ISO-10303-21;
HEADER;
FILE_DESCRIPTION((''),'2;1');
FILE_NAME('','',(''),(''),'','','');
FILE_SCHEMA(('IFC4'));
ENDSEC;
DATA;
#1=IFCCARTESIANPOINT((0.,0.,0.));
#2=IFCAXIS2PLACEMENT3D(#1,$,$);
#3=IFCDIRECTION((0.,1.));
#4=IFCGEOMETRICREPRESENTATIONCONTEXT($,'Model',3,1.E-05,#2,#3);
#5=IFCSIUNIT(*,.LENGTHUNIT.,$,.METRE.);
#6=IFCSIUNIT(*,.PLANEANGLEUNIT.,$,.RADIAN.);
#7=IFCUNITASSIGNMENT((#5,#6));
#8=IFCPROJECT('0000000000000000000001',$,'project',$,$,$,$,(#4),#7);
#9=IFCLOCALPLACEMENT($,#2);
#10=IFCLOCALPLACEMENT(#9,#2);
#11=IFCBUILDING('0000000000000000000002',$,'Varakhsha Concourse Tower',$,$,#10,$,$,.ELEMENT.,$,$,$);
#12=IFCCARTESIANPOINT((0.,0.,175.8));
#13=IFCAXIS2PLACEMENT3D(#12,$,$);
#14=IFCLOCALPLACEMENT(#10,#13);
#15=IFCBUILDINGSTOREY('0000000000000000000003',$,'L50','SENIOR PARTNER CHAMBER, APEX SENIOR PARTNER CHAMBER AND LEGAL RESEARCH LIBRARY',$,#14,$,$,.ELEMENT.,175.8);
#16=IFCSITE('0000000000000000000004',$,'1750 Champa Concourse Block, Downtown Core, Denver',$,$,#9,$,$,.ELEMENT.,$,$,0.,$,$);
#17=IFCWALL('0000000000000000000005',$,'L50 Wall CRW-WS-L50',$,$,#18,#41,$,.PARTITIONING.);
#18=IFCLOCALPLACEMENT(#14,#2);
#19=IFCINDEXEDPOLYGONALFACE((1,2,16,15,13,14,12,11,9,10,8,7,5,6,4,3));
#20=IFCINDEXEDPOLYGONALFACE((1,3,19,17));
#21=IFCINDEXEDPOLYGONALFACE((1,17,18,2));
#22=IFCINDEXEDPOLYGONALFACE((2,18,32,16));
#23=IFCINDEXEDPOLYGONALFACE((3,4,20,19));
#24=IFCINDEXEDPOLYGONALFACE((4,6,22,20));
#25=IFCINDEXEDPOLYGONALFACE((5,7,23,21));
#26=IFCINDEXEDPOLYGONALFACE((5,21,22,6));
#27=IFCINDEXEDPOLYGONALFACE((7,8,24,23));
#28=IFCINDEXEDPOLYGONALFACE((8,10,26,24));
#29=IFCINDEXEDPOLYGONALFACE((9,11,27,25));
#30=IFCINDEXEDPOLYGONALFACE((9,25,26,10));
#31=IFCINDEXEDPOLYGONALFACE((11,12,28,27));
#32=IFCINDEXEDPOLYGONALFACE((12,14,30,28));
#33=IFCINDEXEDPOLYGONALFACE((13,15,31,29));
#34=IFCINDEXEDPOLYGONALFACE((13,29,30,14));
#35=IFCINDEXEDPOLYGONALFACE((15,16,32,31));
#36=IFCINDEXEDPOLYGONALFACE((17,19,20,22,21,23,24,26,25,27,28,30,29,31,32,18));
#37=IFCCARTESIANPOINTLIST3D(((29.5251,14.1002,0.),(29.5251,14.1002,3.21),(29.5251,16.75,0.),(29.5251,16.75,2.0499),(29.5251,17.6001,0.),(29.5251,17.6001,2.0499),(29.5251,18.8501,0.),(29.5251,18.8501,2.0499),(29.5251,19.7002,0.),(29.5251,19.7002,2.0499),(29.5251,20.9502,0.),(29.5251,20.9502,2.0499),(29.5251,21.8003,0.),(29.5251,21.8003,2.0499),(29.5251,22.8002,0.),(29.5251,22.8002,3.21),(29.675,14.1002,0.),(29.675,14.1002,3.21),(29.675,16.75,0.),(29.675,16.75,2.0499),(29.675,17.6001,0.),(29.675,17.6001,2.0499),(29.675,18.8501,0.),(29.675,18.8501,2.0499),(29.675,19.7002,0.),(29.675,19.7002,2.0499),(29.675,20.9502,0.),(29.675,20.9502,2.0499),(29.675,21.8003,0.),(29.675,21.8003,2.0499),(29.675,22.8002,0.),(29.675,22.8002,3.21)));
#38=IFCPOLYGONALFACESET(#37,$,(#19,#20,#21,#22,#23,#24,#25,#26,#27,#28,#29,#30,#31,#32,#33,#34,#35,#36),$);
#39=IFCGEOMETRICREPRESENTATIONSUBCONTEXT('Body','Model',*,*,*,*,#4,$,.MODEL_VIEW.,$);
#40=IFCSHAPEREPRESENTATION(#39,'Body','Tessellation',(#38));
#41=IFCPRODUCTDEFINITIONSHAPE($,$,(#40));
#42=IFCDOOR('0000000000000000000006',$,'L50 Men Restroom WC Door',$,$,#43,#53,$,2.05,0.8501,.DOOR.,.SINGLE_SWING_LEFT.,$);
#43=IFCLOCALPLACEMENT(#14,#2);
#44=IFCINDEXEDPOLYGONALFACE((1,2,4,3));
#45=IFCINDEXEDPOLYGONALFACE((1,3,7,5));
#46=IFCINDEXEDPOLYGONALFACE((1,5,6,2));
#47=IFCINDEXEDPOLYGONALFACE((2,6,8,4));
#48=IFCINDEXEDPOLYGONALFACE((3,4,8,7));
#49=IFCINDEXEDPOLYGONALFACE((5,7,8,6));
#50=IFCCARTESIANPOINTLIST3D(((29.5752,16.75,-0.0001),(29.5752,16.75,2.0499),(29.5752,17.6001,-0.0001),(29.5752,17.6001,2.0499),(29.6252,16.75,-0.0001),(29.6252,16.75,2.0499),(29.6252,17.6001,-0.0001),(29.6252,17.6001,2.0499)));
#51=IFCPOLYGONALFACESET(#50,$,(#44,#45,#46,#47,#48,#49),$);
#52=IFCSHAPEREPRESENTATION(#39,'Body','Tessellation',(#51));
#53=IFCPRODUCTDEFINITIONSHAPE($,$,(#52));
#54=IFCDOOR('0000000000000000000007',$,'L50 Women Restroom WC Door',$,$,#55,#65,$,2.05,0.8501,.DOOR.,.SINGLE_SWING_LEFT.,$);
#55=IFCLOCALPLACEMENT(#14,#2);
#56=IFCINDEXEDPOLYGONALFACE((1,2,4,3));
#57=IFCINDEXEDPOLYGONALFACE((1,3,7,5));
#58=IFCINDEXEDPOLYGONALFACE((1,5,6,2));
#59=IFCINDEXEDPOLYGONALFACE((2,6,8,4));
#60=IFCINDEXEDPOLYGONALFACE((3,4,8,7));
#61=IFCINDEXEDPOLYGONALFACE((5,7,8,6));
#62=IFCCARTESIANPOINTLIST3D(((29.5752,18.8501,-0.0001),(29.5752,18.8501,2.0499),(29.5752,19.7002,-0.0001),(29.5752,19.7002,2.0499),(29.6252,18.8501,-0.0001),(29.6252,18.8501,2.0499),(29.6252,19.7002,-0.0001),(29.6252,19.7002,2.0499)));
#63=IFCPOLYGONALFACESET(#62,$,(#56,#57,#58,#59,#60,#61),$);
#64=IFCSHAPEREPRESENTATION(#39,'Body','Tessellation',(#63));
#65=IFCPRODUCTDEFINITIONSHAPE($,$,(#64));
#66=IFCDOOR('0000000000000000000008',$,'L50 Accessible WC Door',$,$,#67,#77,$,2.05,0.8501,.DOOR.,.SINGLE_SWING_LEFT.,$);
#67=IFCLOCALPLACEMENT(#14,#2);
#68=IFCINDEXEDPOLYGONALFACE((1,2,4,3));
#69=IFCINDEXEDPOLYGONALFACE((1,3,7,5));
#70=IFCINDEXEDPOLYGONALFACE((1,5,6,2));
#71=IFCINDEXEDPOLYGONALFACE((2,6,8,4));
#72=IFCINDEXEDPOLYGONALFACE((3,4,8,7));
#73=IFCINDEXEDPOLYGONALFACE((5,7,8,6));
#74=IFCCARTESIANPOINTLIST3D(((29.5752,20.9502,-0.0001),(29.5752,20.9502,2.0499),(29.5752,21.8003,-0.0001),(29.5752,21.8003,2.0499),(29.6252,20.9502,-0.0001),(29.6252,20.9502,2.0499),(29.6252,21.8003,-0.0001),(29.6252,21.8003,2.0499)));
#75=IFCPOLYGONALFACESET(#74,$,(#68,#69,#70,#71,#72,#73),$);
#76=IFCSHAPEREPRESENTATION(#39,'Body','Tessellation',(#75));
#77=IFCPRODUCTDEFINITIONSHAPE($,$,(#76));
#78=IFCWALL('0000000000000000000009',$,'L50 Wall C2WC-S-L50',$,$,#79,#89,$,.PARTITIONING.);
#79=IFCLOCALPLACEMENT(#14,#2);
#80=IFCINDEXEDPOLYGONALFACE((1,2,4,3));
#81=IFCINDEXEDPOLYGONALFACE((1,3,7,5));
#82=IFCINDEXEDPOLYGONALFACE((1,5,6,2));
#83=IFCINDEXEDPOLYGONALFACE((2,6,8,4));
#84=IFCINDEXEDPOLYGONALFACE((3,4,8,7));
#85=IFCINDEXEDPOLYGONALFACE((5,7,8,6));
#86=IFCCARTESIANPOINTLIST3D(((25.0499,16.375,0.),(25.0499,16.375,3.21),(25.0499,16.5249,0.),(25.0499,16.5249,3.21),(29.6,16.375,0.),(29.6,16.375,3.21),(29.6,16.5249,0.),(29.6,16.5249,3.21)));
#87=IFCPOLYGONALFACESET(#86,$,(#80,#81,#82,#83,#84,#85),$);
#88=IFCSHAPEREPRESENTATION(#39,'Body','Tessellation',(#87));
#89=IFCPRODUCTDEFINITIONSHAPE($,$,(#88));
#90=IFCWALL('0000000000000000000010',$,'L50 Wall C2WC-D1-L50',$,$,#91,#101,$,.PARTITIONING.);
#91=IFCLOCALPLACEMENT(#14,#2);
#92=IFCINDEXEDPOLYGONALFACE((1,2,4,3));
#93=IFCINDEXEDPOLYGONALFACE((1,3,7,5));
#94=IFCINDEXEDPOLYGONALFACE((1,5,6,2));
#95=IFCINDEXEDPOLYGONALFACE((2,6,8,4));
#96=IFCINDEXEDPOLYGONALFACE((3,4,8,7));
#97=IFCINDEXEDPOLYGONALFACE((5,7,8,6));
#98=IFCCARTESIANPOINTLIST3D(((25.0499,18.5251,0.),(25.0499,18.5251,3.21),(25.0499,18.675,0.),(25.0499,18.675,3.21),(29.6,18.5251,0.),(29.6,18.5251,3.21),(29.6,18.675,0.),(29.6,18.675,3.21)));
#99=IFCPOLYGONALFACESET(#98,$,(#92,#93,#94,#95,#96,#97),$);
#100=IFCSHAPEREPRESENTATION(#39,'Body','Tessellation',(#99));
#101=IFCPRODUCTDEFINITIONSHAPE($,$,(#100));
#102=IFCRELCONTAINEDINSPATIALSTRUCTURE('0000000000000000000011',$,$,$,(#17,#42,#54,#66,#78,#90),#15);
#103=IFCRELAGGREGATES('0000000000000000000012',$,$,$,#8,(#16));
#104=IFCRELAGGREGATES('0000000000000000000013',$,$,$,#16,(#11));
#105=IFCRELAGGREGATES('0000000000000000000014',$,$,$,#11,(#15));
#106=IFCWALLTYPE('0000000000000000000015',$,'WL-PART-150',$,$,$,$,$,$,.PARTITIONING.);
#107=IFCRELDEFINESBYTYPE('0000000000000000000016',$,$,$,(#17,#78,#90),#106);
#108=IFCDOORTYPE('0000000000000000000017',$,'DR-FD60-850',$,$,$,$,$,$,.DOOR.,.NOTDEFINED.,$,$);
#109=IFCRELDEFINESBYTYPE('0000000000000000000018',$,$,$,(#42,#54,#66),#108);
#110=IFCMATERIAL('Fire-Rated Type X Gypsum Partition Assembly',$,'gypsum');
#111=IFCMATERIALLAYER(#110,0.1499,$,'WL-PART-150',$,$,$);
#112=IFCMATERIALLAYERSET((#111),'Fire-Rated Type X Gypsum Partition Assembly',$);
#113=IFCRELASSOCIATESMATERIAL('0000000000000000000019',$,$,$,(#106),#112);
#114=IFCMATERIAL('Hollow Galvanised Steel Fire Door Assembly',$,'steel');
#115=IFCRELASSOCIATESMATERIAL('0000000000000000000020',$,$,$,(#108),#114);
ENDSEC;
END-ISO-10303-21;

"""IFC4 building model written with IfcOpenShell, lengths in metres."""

from ifc_helpers import new_model, si_unit, direction, frame, frame_2d, origin, place, context, subcontext, project, spatial, rectangle, extrude, material, layer, layer_set, type_object, element, fill, save


model = new_model("IFC4")

# Units and contexts
model_context = context("Model", 3, precision=1e-05, world=origin(), true_north=direction((0.0, 1.0)))
body_context = subcontext(model_context, "Body", "Model", "MODEL_VIEW")
ifc_project = project(units=[si_unit("LENGTHUNIT", "METRE"), si_unit("PLANEANGLEUNIT", "RADIAN")], contexts=[model_context])

# Site, building, storey
site_placement = place(None, origin())
site = spatial("IfcSite", under=ifc_project, at=site_placement, Name="1750 Champa Concourse Block, Downtown Core, Denver", CompositionType="ELEMENT", RefElevation=0.0)
building_placement = place(site_placement, origin())
building = spatial("IfcBuilding", under=site, at=building_placement, Name="Varakhsha Concourse Tower", CompositionType="ELEMENT")
storey_placement = place(building_placement, frame((0.0, 0.0, 175.8)))
storey = spatial("IfcBuildingStorey", under=building, at=storey_placement, Name="L50", Description="SENIOR PARTNER CHAMBER, APEX SENIOR PARTNER CHAMBER AND LEGAL RESEARCH LIBRARY", CompositionType="ELEMENT", Elevation=175.8)

# Wall, openings, doors
ifc_material_1 = material(Name="Hollow Galvanised Steel Fire Door Assembly", Category="steel")
ifc_material_2 = material(Name="Fire-Rated Type X Gypsum Partition Assembly", Category="gypsum")
ifc_layer_1 = layer(ifc_material_2, 0.1499, Name="WL-PART-150")
ifc_layer_set_1 = layer_set([ifc_layer_1], Name="Fire-Rated Type X Gypsum Partition Assembly")
wall_type_1 = type_object("IfcWallType", Name="WL-PART-150", PredefinedType="PARTITIONING", material=ifc_layer_set_1)
wall_1_placement = place(storey_placement, frame((29.6001, 14.1001, 0.0), z_axis=(0.0, 0.0, 1.0), x_axis=(0.0, 1.0, 0.0)))
wall_1 = element("IfcWall", 1, at=wall_1_placement, inside=storey, type_object=wall_type_1, Name="L50 Wall CRW-WS-L50", PredefinedType="PARTITIONING", context=body_context, shape_type="SweptSolid", body=[
    extrude(rectangle(XDim=8.7, YDim=0.1499, at=frame_2d((4.3501, 0.0))), origin(), (0.0, 0.0, 1.0), 3.21),
])
opening_1_placement = place(wall_1_placement, frame((2.6499, 0.0, 0.0)))
opening_1 = element("IfcOpeningElement", 2, at=opening_1_placement, cuts=wall_1, PredefinedType="OPENING", context=body_context, shape_type="SweptSolid", body=[
    extrude(rectangle(XDim=0.8501, YDim=2.05, at=frame_2d((0.425, 1.0249))), frame((0.0, 0.085, 0.0), z_axis=(0.0, -1.0, 0.0), x_axis=(1.0, 0.0, 0.0)), (0.0, 0.0, 1.0), 0.1699),
])
opening_2_placement = place(wall_1_placement, frame((4.75, 0.0, 0.0)))
opening_2 = element("IfcOpeningElement", 3, at=opening_2_placement, cuts=wall_1, PredefinedType="OPENING", context=body_context, shape_type="SweptSolid", body=[
    extrude(rectangle(XDim=0.8501, YDim=2.05, at=frame_2d((0.425, 1.0249))), frame((0.0, 0.085, 0.0), z_axis=(0.0, -1.0, 0.0), x_axis=(1.0, 0.0, 0.0)), (0.0, 0.0, 1.0), 0.1699),
])
opening_3_placement = place(wall_1_placement, frame((6.8501, 0.0, 0.0)))
opening_3 = element("IfcOpeningElement", 4, at=opening_3_placement, cuts=wall_1, PredefinedType="OPENING", context=body_context, shape_type="SweptSolid", body=[
    extrude(rectangle(XDim=0.8501, YDim=2.05, at=frame_2d((0.425, 1.0249))), frame((0.0, 0.085, 0.0), z_axis=(0.0, -1.0, 0.0), x_axis=(1.0, 0.0, 0.0)), (0.0, 0.0, 1.0), 0.1699),
])
door_type_1 = type_object("IfcDoorType", Name="DR-FD60-850", OperationType="NOTDEFINED", PredefinedType="DOOR", material=ifc_material_1)
door_1_placement = place(opening_1_placement, origin())
door_1 = element("IfcDoor", 5, at=door_1_placement, inside=storey, type_object=door_type_1, Name="L50 Men Restroom WC Door", OperationType="SINGLE_SWING_LEFT", OverallHeight=2.05, OverallWidth=0.8501, PredefinedType="DOOR", context=body_context, shape_type="SweptSolid", body=[
    extrude(rectangle(XDim=0.8501, YDim=2.05, at=frame_2d((0.425, 1.0249))), frame((0.0, 0.0249, 0.0), z_axis=(0.0, -1.0, 0.0), x_axis=(1.0, 0.0, 0.0)), (0.0, 0.0, 1.0), 0.05),
])
fill(opening_1, door_1)
door_2_placement = place(opening_2_placement, origin())
door_2 = element("IfcDoor", 6, at=door_2_placement, inside=storey, type_object=door_type_1, Name="L50 Women Restroom WC Door", OperationType="SINGLE_SWING_LEFT", OverallHeight=2.05, OverallWidth=0.8501, PredefinedType="DOOR", context=body_context, shape_type="SweptSolid", body=[
    extrude(rectangle(XDim=0.8501, YDim=2.05, at=frame_2d((0.425, 1.0249))), frame((0.0, 0.0249, 0.0), z_axis=(0.0, -1.0, 0.0), x_axis=(1.0, 0.0, 0.0)), (0.0, 0.0, 1.0), 0.05),
])
fill(opening_2, door_2)
door_3_placement = place(opening_3_placement, origin())
door_3 = element("IfcDoor", 7, at=door_3_placement, inside=storey, type_object=door_type_1, Name="L50 Accessible WC Door", OperationType="SINGLE_SWING_LEFT", OverallHeight=2.05, OverallWidth=0.8501, PredefinedType="DOOR", context=body_context, shape_type="SweptSolid", body=[
    extrude(rectangle(XDim=0.8501, YDim=2.05, at=frame_2d((0.425, 1.0249))), frame((0.0, 0.0249, 0.0), z_axis=(0.0, -1.0, 0.0), x_axis=(1.0, 0.0, 0.0)), (0.0, 0.0, 1.0), 0.05),
])
fill(opening_3, door_3)

# Walls
for number, where, z_axis, x_axis, name in (
    (8, (25.05, 16.45, 0.0), (0.0, 0.0, 1.0), (1.0, 0.0, 0.0), "L50 Wall C2WC-S-L50"),
    (9, (25.05, 18.6001, 0.0), (0.0, 0.0, 1.0), (1.0, 0.0, 0.0), "L50 Wall C2WC-D1-L50"),
):
    element("IfcWall", number, at=place(storey_placement, frame(where, z_axis=z_axis, x_axis=x_axis)), inside=storey, type_object=wall_type_1, Name=name, PredefinedType="PARTITIONING", context=body_context, shape_type="SweptSolid", body=[
        extrude(rectangle(XDim=4.55, YDim=0.1499, at=frame_2d((2.2749, 0.0))), origin(), (0.0, 0.0, 1.0), 3.21),
    ])

save(model, "model.ifc")
